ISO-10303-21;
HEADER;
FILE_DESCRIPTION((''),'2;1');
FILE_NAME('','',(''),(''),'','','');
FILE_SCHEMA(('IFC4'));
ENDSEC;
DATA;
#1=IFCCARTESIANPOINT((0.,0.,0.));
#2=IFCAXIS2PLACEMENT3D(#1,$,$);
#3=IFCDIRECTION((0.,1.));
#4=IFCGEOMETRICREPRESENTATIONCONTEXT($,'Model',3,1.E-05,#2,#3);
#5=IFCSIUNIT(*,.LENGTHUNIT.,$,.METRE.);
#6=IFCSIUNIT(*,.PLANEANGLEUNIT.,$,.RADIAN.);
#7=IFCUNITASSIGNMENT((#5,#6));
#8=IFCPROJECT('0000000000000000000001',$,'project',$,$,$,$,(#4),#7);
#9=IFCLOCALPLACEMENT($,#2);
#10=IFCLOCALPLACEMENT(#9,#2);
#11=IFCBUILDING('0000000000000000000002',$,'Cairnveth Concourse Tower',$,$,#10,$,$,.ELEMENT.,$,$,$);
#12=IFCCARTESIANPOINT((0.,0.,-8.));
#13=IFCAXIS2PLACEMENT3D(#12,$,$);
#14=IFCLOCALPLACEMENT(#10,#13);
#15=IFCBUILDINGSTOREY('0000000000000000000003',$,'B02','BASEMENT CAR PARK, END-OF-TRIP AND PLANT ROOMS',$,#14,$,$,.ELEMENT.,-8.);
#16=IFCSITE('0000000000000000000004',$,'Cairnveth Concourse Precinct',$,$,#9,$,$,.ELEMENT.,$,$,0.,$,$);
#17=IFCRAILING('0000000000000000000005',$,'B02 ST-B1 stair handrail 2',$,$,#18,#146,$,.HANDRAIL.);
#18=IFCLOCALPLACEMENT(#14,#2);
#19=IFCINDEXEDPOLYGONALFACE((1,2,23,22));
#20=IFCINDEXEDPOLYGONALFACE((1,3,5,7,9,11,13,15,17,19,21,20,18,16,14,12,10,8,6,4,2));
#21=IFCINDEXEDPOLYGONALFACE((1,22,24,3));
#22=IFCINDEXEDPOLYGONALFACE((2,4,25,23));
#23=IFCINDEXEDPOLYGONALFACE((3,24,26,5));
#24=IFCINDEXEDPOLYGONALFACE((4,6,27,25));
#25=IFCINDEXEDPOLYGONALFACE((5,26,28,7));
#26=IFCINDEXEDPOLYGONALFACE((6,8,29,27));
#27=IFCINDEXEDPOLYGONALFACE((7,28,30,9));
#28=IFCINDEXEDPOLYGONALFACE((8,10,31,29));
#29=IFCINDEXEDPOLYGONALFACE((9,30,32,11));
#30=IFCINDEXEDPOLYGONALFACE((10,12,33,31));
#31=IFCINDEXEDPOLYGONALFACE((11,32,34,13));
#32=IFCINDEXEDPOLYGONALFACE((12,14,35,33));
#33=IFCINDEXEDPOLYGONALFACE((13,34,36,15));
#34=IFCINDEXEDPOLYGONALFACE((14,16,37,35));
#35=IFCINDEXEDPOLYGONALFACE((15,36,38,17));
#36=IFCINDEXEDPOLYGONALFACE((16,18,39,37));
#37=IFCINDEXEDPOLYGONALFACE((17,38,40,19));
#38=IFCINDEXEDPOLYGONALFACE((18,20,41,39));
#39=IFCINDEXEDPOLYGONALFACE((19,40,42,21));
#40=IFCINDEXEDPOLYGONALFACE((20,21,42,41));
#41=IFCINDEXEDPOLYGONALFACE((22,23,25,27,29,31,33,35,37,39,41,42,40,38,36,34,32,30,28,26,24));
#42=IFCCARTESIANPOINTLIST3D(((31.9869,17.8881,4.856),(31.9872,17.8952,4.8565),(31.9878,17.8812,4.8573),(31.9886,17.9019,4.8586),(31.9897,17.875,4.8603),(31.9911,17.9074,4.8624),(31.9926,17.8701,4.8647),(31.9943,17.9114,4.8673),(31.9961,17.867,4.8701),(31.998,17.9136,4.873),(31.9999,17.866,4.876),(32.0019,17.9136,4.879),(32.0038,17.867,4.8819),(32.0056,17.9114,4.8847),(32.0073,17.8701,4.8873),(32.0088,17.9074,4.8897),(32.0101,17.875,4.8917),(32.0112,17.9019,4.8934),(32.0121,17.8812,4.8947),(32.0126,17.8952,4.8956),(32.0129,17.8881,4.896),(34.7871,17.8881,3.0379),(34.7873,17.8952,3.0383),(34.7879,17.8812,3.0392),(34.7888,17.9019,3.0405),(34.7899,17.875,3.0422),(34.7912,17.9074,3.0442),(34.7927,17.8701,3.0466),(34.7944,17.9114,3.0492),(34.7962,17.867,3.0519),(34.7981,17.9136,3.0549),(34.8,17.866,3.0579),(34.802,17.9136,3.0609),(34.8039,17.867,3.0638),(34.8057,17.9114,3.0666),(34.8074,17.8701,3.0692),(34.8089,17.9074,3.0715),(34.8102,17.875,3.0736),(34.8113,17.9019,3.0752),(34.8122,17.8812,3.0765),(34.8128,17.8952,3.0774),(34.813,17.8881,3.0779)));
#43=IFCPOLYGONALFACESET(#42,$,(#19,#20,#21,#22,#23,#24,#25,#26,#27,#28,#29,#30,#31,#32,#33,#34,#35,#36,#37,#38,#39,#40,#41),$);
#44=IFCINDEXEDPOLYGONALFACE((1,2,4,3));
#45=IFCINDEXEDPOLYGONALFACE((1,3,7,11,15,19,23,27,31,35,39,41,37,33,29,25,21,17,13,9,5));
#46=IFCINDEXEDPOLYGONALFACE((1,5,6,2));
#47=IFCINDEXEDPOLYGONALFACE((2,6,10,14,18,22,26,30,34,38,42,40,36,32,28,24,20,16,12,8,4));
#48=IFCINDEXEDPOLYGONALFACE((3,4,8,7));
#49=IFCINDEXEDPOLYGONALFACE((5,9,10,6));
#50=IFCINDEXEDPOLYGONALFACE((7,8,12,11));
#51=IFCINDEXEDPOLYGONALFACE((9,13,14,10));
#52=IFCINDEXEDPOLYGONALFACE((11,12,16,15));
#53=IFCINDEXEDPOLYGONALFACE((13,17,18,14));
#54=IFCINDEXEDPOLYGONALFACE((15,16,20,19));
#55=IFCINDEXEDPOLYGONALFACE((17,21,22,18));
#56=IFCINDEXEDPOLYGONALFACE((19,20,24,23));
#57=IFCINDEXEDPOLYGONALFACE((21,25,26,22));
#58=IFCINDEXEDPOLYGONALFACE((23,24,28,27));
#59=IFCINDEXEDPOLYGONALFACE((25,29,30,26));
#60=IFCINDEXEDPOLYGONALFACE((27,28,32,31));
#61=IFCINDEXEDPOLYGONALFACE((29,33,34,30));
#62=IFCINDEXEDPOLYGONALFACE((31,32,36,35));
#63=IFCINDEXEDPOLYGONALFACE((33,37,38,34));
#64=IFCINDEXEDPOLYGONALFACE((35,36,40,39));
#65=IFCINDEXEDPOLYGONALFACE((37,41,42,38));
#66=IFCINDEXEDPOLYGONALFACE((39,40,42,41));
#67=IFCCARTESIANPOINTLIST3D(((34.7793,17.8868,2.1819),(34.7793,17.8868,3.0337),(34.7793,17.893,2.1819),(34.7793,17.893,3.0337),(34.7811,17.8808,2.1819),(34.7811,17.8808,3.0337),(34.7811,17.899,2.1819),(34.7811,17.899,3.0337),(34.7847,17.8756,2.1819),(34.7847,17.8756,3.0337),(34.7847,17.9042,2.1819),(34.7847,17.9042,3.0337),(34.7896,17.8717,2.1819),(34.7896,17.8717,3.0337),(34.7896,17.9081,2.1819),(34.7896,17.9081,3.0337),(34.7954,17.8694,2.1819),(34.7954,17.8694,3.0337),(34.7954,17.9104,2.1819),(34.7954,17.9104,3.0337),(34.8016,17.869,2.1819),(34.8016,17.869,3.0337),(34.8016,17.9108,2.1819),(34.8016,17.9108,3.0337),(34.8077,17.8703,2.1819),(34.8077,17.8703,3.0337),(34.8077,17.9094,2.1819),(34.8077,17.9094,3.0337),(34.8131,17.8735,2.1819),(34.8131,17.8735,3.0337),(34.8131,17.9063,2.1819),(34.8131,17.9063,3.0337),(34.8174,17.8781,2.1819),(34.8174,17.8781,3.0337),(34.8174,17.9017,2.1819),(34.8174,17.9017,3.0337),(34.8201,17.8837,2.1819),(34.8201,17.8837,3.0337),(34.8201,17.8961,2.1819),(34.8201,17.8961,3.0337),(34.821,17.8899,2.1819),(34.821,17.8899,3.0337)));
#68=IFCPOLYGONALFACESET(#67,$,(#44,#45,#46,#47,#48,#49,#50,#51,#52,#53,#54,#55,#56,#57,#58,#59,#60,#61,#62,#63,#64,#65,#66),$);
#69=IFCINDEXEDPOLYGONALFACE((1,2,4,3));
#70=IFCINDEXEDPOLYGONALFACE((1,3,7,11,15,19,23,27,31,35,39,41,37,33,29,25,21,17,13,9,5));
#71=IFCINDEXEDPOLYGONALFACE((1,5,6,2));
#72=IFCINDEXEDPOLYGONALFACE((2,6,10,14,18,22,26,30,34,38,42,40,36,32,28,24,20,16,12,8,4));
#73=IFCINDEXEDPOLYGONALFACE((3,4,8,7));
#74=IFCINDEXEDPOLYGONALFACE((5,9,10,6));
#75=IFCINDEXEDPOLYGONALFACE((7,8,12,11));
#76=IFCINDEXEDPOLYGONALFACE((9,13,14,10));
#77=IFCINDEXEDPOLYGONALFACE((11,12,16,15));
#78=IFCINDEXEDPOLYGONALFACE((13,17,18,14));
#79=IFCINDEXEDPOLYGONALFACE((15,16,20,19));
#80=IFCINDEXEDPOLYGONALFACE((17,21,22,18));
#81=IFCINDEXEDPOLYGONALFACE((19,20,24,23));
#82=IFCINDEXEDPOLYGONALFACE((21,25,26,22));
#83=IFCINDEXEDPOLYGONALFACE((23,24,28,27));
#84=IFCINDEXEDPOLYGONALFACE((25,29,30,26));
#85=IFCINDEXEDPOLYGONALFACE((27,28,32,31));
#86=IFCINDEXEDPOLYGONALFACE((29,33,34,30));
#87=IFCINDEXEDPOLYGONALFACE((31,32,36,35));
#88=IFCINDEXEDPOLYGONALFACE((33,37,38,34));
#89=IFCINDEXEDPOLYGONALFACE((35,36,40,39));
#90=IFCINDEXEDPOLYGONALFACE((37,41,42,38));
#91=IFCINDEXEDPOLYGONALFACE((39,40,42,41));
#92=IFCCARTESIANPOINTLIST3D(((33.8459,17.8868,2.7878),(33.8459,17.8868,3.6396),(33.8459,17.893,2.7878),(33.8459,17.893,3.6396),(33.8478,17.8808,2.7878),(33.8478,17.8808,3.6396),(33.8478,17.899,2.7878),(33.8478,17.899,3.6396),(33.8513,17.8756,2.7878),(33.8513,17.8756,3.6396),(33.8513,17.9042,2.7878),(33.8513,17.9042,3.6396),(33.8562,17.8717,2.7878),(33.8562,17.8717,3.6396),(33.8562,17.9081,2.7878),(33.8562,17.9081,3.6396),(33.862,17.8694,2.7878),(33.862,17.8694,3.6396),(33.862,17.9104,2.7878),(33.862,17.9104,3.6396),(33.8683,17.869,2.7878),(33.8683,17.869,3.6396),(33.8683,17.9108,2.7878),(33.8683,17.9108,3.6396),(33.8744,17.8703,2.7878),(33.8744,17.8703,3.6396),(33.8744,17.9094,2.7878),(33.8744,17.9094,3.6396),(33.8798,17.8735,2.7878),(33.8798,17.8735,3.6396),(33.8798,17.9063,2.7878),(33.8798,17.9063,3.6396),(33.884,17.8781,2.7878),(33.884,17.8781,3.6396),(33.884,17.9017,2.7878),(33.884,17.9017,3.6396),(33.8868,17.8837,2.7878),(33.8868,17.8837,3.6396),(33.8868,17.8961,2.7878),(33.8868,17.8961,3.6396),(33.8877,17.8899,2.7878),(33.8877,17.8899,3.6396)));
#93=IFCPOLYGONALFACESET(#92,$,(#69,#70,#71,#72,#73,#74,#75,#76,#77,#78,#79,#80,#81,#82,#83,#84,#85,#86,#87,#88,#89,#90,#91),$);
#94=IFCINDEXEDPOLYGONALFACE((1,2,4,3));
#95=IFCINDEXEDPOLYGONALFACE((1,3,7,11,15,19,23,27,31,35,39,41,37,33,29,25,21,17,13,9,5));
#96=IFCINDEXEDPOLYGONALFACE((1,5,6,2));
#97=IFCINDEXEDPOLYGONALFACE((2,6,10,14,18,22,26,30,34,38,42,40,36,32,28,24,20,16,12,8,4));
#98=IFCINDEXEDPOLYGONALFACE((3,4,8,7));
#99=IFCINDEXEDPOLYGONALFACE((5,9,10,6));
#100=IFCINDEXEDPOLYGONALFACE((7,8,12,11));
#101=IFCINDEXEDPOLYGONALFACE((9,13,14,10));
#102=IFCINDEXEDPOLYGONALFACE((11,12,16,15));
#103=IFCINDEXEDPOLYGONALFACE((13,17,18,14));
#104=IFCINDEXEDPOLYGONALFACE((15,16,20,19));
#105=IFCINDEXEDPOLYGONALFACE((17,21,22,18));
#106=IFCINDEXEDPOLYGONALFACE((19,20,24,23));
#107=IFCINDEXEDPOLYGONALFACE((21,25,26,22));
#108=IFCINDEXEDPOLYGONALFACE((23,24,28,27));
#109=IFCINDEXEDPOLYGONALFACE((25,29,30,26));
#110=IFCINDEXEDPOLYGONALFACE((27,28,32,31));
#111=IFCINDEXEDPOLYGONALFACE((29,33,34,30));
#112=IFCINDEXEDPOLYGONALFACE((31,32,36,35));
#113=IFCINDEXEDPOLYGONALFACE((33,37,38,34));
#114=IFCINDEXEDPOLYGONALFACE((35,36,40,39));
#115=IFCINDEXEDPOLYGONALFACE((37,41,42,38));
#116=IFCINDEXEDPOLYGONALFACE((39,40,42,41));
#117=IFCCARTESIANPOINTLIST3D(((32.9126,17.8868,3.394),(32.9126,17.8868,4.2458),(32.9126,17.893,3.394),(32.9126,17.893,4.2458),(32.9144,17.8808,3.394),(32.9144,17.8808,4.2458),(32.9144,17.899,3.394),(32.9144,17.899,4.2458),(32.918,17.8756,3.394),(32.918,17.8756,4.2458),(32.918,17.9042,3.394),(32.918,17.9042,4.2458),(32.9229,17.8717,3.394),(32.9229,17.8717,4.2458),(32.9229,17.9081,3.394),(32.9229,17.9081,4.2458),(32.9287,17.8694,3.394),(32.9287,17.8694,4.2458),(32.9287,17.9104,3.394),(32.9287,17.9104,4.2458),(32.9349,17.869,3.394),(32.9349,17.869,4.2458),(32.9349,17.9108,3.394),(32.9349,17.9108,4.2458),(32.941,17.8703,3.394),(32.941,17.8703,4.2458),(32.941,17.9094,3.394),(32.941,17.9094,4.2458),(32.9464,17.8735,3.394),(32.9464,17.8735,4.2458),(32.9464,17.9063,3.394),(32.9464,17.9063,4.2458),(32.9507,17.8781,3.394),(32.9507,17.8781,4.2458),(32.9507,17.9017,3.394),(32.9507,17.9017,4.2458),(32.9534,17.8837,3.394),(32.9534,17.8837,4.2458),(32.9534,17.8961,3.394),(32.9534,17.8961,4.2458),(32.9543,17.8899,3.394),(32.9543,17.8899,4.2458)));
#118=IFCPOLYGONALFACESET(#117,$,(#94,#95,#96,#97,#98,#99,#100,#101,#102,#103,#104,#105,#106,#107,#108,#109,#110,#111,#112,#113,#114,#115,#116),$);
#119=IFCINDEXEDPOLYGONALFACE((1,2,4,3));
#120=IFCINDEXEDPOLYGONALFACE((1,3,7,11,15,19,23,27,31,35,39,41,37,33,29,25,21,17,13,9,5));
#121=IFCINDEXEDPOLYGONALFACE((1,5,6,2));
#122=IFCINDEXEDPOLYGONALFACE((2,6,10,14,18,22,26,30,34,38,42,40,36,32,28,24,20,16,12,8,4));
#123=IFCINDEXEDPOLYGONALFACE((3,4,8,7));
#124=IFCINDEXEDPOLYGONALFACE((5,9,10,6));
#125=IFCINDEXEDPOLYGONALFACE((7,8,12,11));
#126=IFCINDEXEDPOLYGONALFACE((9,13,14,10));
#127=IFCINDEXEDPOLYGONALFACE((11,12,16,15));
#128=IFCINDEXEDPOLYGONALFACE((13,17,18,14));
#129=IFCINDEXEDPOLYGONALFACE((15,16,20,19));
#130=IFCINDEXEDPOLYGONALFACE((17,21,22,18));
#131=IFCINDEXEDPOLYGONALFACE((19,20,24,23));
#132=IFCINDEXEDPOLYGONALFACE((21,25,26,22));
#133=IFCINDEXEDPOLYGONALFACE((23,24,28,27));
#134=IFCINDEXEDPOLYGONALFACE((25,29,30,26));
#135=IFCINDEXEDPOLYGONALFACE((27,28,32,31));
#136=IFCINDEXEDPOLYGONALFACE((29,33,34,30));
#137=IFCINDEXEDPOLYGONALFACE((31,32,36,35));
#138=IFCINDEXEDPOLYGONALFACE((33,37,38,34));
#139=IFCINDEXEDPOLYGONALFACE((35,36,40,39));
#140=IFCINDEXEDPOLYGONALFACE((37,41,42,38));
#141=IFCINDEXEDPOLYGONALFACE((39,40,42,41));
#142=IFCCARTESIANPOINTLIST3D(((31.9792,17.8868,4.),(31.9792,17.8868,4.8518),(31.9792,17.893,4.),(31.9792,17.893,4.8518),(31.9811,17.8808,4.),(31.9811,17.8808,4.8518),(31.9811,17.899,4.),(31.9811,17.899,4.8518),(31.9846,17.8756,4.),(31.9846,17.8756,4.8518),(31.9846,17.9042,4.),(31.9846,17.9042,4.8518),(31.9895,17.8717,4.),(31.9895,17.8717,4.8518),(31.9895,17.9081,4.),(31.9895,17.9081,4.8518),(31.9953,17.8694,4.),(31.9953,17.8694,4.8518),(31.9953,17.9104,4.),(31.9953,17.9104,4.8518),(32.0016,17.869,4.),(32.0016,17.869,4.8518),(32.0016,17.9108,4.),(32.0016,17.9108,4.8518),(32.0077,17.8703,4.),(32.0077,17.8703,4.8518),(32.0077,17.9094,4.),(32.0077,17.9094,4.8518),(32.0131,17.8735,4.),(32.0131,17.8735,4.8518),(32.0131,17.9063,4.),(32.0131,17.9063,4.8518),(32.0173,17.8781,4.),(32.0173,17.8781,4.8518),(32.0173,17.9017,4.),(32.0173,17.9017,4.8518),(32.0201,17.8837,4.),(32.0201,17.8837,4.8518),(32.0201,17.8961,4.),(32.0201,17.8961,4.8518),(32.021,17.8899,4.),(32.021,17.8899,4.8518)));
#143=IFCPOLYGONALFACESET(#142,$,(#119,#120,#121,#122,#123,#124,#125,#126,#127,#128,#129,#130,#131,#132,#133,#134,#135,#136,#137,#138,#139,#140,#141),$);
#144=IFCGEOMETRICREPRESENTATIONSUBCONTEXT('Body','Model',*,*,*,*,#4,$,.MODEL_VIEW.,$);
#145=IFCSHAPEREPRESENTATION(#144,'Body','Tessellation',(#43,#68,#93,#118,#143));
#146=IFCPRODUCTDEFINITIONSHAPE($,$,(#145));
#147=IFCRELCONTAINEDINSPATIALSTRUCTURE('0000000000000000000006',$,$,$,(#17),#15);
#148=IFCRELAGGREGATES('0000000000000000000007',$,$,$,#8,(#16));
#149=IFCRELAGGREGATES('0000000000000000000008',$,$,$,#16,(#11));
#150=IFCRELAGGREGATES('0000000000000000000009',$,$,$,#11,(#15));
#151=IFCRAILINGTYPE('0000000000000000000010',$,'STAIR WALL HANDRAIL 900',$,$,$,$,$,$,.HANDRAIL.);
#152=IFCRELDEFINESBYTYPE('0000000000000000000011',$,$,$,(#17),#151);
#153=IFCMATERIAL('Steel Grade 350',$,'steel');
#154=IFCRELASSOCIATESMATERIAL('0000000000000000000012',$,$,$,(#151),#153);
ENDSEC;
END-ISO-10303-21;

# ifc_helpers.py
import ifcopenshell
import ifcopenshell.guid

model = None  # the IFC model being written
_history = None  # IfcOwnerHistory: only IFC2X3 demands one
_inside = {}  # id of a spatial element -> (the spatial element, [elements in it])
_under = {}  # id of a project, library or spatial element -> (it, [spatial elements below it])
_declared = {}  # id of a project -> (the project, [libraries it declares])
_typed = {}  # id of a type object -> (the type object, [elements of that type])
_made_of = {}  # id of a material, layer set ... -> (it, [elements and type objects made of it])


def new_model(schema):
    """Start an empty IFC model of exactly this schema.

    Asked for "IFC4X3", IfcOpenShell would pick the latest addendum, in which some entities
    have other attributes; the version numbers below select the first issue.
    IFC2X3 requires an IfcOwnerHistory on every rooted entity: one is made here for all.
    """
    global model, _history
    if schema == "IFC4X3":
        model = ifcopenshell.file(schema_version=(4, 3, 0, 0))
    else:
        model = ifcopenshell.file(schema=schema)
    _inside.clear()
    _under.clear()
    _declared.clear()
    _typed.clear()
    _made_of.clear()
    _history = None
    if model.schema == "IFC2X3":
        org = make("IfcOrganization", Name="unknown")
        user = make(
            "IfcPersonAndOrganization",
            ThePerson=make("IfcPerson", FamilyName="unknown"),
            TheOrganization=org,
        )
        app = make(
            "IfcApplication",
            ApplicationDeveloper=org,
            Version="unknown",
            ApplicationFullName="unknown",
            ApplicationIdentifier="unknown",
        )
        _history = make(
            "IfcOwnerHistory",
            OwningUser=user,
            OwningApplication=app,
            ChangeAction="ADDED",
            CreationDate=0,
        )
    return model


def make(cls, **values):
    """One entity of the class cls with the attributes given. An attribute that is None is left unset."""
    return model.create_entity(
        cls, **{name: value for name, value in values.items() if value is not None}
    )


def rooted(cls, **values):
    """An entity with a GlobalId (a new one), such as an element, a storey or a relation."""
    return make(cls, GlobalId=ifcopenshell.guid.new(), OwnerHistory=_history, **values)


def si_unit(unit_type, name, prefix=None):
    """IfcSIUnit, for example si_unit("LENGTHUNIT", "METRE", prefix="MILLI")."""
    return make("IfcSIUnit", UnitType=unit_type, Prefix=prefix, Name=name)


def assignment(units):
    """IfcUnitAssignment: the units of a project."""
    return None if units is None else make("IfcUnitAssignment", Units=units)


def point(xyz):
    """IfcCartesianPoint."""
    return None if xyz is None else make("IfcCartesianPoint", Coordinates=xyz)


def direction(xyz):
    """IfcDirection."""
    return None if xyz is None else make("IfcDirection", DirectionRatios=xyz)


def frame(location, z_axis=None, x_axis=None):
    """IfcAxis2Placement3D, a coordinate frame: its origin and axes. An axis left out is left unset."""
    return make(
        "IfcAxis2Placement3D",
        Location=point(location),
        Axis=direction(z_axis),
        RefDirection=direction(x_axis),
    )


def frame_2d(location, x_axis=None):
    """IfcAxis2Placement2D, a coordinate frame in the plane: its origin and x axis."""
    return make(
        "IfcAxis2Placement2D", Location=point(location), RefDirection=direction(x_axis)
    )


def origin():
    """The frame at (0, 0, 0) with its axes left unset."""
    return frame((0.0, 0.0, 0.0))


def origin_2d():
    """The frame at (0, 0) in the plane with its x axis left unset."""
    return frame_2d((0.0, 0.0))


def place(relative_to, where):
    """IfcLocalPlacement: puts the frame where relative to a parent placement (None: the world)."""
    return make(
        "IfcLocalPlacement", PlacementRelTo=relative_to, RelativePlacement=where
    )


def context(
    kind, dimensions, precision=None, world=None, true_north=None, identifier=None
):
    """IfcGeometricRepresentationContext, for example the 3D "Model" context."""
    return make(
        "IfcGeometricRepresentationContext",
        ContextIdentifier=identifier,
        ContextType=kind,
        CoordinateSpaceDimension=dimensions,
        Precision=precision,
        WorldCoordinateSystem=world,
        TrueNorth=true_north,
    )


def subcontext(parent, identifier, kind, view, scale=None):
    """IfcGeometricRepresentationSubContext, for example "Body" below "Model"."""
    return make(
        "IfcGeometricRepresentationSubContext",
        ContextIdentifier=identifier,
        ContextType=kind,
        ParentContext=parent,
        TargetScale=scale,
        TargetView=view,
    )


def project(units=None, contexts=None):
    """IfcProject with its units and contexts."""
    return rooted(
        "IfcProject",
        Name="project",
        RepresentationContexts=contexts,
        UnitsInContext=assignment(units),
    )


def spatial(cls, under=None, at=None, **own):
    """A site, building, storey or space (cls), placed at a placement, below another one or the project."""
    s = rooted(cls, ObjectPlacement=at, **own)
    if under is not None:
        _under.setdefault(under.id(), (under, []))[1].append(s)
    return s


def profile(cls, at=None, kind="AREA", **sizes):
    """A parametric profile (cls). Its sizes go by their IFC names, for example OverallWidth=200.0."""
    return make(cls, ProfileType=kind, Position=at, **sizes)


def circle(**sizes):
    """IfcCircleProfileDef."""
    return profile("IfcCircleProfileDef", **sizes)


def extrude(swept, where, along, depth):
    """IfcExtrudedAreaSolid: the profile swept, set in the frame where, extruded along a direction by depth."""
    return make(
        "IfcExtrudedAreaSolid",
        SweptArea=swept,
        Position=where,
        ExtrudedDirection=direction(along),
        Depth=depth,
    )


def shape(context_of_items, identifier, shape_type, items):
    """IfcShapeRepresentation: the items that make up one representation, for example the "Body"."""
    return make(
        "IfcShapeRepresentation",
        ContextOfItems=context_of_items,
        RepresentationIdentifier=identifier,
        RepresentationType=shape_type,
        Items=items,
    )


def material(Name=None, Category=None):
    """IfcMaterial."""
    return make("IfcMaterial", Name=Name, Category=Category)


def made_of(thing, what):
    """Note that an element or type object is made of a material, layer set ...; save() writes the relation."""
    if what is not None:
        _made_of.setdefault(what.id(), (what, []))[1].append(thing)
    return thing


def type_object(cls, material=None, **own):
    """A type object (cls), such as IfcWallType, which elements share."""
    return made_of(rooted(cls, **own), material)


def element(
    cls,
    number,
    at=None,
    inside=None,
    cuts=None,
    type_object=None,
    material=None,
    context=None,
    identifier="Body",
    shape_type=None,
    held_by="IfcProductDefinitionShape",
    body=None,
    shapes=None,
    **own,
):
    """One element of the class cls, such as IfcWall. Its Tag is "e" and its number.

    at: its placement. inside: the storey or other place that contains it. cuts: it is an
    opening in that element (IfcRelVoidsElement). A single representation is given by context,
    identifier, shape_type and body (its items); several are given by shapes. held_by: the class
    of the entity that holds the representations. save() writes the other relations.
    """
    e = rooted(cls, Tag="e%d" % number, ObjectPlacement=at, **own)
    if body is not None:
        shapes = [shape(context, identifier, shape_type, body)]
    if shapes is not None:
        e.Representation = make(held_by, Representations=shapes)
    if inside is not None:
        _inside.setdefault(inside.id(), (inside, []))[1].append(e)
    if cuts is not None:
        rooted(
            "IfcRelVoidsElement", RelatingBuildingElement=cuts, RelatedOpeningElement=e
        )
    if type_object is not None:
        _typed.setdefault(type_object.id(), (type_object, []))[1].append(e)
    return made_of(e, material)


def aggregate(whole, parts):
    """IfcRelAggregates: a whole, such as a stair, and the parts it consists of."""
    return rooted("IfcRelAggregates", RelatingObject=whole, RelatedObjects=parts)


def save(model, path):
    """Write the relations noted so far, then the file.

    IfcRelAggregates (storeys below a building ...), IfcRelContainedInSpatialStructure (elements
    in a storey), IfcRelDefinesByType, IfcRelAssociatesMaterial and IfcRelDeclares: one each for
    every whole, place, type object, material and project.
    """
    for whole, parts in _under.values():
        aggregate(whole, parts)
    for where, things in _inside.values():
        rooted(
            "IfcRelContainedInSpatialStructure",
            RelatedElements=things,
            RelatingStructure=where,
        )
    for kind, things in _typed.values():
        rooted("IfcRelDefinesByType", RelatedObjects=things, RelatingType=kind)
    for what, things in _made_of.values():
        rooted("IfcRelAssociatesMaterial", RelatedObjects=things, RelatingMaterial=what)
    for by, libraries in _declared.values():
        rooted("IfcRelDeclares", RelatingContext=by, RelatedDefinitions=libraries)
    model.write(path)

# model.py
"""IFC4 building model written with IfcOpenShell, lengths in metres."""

from ifc_helpers import new_model, si_unit, direction, frame, origin, origin_2d, place, context, subcontext, project, spatial, circle, extrude, material, type_object, element, save


model = new_model("IFC4")

# Units and contexts
model_context = context("Model", 3, precision=1e-05, world=origin(), true_north=direction((0.0, 1.0)))
body_context = subcontext(model_context, "Body", "Model", "MODEL_VIEW")
ifc_project = project(units=[si_unit("LENGTHUNIT", "METRE"), si_unit("PLANEANGLEUNIT", "RADIAN")], contexts=[model_context])

# Site, building, storey
site_placement = place(None, origin())
site = spatial("IfcSite", under=ifc_project, at=site_placement, Name="Cairnveth Concourse Precinct", CompositionType="ELEMENT", RefElevation=0.0)
building_placement = place(site_placement, origin())
building = spatial("IfcBuilding", under=site, at=building_placement, Name="Cairnveth Concourse Tower", CompositionType="ELEMENT")
storey_placement = place(building_placement, frame((0.0, 0.0, -8.0)))
storey = spatial("IfcBuildingStorey", under=building, at=storey_placement, Name="B02", Description="BASEMENT CAR PARK, END-OF-TRIP AND PLANT ROOMS", CompositionType="ELEMENT", Elevation=-8.0)

# Shared definitions
ifc_material_1 = material(Name="Steel Grade 350", Category="steel")

# Railing
railing_type_1 = type_object("IfcRailingType", Name="STAIR WALL HANDRAIL 900", PredefinedType="HANDRAIL", material=ifc_material_1)
railing_1_placement = place(storey_placement, frame((34.8, 17.8899, 2.1819)))
element("IfcRailing", 1, at=railing_1_placement, inside=storey, type_object=railing_type_1, Name="B02 ST-B1 stair handrail 2", PredefinedType="HANDRAIL", context=body_context, shape_type="SweptSolid", body=[
    extrude(circle(Radius=0.0239, at=origin_2d()), frame((0.0, 0.0, 0.876), z_axis=(-0.838706, 0.0, 0.544585), x_axis=(0.0, -1.0, 0.0)), (0.0, 0.0, 1.0), 3.3386),
    extrude(circle(Radius=0.021, at=origin_2d()), origin(), (0.0, 0.0, 1.0), 0.8518),
    extrude(circle(Radius=0.021, at=origin_2d()), frame((-0.9333, 0.0, 0.606)), (0.0, 0.0, 1.0), 0.8518),
    extrude(circle(Radius=0.021, at=origin_2d()), frame((-1.8667, 0.0, 1.2122)), (0.0, 0.0, 1.0), 0.8518),
    extrude(circle(Radius=0.021, at=origin_2d()), frame((-2.8, 0.0, 1.8181)), (0.0, 0.0, 1.0), 0.8518),
])

save(model, "model.ifc")
